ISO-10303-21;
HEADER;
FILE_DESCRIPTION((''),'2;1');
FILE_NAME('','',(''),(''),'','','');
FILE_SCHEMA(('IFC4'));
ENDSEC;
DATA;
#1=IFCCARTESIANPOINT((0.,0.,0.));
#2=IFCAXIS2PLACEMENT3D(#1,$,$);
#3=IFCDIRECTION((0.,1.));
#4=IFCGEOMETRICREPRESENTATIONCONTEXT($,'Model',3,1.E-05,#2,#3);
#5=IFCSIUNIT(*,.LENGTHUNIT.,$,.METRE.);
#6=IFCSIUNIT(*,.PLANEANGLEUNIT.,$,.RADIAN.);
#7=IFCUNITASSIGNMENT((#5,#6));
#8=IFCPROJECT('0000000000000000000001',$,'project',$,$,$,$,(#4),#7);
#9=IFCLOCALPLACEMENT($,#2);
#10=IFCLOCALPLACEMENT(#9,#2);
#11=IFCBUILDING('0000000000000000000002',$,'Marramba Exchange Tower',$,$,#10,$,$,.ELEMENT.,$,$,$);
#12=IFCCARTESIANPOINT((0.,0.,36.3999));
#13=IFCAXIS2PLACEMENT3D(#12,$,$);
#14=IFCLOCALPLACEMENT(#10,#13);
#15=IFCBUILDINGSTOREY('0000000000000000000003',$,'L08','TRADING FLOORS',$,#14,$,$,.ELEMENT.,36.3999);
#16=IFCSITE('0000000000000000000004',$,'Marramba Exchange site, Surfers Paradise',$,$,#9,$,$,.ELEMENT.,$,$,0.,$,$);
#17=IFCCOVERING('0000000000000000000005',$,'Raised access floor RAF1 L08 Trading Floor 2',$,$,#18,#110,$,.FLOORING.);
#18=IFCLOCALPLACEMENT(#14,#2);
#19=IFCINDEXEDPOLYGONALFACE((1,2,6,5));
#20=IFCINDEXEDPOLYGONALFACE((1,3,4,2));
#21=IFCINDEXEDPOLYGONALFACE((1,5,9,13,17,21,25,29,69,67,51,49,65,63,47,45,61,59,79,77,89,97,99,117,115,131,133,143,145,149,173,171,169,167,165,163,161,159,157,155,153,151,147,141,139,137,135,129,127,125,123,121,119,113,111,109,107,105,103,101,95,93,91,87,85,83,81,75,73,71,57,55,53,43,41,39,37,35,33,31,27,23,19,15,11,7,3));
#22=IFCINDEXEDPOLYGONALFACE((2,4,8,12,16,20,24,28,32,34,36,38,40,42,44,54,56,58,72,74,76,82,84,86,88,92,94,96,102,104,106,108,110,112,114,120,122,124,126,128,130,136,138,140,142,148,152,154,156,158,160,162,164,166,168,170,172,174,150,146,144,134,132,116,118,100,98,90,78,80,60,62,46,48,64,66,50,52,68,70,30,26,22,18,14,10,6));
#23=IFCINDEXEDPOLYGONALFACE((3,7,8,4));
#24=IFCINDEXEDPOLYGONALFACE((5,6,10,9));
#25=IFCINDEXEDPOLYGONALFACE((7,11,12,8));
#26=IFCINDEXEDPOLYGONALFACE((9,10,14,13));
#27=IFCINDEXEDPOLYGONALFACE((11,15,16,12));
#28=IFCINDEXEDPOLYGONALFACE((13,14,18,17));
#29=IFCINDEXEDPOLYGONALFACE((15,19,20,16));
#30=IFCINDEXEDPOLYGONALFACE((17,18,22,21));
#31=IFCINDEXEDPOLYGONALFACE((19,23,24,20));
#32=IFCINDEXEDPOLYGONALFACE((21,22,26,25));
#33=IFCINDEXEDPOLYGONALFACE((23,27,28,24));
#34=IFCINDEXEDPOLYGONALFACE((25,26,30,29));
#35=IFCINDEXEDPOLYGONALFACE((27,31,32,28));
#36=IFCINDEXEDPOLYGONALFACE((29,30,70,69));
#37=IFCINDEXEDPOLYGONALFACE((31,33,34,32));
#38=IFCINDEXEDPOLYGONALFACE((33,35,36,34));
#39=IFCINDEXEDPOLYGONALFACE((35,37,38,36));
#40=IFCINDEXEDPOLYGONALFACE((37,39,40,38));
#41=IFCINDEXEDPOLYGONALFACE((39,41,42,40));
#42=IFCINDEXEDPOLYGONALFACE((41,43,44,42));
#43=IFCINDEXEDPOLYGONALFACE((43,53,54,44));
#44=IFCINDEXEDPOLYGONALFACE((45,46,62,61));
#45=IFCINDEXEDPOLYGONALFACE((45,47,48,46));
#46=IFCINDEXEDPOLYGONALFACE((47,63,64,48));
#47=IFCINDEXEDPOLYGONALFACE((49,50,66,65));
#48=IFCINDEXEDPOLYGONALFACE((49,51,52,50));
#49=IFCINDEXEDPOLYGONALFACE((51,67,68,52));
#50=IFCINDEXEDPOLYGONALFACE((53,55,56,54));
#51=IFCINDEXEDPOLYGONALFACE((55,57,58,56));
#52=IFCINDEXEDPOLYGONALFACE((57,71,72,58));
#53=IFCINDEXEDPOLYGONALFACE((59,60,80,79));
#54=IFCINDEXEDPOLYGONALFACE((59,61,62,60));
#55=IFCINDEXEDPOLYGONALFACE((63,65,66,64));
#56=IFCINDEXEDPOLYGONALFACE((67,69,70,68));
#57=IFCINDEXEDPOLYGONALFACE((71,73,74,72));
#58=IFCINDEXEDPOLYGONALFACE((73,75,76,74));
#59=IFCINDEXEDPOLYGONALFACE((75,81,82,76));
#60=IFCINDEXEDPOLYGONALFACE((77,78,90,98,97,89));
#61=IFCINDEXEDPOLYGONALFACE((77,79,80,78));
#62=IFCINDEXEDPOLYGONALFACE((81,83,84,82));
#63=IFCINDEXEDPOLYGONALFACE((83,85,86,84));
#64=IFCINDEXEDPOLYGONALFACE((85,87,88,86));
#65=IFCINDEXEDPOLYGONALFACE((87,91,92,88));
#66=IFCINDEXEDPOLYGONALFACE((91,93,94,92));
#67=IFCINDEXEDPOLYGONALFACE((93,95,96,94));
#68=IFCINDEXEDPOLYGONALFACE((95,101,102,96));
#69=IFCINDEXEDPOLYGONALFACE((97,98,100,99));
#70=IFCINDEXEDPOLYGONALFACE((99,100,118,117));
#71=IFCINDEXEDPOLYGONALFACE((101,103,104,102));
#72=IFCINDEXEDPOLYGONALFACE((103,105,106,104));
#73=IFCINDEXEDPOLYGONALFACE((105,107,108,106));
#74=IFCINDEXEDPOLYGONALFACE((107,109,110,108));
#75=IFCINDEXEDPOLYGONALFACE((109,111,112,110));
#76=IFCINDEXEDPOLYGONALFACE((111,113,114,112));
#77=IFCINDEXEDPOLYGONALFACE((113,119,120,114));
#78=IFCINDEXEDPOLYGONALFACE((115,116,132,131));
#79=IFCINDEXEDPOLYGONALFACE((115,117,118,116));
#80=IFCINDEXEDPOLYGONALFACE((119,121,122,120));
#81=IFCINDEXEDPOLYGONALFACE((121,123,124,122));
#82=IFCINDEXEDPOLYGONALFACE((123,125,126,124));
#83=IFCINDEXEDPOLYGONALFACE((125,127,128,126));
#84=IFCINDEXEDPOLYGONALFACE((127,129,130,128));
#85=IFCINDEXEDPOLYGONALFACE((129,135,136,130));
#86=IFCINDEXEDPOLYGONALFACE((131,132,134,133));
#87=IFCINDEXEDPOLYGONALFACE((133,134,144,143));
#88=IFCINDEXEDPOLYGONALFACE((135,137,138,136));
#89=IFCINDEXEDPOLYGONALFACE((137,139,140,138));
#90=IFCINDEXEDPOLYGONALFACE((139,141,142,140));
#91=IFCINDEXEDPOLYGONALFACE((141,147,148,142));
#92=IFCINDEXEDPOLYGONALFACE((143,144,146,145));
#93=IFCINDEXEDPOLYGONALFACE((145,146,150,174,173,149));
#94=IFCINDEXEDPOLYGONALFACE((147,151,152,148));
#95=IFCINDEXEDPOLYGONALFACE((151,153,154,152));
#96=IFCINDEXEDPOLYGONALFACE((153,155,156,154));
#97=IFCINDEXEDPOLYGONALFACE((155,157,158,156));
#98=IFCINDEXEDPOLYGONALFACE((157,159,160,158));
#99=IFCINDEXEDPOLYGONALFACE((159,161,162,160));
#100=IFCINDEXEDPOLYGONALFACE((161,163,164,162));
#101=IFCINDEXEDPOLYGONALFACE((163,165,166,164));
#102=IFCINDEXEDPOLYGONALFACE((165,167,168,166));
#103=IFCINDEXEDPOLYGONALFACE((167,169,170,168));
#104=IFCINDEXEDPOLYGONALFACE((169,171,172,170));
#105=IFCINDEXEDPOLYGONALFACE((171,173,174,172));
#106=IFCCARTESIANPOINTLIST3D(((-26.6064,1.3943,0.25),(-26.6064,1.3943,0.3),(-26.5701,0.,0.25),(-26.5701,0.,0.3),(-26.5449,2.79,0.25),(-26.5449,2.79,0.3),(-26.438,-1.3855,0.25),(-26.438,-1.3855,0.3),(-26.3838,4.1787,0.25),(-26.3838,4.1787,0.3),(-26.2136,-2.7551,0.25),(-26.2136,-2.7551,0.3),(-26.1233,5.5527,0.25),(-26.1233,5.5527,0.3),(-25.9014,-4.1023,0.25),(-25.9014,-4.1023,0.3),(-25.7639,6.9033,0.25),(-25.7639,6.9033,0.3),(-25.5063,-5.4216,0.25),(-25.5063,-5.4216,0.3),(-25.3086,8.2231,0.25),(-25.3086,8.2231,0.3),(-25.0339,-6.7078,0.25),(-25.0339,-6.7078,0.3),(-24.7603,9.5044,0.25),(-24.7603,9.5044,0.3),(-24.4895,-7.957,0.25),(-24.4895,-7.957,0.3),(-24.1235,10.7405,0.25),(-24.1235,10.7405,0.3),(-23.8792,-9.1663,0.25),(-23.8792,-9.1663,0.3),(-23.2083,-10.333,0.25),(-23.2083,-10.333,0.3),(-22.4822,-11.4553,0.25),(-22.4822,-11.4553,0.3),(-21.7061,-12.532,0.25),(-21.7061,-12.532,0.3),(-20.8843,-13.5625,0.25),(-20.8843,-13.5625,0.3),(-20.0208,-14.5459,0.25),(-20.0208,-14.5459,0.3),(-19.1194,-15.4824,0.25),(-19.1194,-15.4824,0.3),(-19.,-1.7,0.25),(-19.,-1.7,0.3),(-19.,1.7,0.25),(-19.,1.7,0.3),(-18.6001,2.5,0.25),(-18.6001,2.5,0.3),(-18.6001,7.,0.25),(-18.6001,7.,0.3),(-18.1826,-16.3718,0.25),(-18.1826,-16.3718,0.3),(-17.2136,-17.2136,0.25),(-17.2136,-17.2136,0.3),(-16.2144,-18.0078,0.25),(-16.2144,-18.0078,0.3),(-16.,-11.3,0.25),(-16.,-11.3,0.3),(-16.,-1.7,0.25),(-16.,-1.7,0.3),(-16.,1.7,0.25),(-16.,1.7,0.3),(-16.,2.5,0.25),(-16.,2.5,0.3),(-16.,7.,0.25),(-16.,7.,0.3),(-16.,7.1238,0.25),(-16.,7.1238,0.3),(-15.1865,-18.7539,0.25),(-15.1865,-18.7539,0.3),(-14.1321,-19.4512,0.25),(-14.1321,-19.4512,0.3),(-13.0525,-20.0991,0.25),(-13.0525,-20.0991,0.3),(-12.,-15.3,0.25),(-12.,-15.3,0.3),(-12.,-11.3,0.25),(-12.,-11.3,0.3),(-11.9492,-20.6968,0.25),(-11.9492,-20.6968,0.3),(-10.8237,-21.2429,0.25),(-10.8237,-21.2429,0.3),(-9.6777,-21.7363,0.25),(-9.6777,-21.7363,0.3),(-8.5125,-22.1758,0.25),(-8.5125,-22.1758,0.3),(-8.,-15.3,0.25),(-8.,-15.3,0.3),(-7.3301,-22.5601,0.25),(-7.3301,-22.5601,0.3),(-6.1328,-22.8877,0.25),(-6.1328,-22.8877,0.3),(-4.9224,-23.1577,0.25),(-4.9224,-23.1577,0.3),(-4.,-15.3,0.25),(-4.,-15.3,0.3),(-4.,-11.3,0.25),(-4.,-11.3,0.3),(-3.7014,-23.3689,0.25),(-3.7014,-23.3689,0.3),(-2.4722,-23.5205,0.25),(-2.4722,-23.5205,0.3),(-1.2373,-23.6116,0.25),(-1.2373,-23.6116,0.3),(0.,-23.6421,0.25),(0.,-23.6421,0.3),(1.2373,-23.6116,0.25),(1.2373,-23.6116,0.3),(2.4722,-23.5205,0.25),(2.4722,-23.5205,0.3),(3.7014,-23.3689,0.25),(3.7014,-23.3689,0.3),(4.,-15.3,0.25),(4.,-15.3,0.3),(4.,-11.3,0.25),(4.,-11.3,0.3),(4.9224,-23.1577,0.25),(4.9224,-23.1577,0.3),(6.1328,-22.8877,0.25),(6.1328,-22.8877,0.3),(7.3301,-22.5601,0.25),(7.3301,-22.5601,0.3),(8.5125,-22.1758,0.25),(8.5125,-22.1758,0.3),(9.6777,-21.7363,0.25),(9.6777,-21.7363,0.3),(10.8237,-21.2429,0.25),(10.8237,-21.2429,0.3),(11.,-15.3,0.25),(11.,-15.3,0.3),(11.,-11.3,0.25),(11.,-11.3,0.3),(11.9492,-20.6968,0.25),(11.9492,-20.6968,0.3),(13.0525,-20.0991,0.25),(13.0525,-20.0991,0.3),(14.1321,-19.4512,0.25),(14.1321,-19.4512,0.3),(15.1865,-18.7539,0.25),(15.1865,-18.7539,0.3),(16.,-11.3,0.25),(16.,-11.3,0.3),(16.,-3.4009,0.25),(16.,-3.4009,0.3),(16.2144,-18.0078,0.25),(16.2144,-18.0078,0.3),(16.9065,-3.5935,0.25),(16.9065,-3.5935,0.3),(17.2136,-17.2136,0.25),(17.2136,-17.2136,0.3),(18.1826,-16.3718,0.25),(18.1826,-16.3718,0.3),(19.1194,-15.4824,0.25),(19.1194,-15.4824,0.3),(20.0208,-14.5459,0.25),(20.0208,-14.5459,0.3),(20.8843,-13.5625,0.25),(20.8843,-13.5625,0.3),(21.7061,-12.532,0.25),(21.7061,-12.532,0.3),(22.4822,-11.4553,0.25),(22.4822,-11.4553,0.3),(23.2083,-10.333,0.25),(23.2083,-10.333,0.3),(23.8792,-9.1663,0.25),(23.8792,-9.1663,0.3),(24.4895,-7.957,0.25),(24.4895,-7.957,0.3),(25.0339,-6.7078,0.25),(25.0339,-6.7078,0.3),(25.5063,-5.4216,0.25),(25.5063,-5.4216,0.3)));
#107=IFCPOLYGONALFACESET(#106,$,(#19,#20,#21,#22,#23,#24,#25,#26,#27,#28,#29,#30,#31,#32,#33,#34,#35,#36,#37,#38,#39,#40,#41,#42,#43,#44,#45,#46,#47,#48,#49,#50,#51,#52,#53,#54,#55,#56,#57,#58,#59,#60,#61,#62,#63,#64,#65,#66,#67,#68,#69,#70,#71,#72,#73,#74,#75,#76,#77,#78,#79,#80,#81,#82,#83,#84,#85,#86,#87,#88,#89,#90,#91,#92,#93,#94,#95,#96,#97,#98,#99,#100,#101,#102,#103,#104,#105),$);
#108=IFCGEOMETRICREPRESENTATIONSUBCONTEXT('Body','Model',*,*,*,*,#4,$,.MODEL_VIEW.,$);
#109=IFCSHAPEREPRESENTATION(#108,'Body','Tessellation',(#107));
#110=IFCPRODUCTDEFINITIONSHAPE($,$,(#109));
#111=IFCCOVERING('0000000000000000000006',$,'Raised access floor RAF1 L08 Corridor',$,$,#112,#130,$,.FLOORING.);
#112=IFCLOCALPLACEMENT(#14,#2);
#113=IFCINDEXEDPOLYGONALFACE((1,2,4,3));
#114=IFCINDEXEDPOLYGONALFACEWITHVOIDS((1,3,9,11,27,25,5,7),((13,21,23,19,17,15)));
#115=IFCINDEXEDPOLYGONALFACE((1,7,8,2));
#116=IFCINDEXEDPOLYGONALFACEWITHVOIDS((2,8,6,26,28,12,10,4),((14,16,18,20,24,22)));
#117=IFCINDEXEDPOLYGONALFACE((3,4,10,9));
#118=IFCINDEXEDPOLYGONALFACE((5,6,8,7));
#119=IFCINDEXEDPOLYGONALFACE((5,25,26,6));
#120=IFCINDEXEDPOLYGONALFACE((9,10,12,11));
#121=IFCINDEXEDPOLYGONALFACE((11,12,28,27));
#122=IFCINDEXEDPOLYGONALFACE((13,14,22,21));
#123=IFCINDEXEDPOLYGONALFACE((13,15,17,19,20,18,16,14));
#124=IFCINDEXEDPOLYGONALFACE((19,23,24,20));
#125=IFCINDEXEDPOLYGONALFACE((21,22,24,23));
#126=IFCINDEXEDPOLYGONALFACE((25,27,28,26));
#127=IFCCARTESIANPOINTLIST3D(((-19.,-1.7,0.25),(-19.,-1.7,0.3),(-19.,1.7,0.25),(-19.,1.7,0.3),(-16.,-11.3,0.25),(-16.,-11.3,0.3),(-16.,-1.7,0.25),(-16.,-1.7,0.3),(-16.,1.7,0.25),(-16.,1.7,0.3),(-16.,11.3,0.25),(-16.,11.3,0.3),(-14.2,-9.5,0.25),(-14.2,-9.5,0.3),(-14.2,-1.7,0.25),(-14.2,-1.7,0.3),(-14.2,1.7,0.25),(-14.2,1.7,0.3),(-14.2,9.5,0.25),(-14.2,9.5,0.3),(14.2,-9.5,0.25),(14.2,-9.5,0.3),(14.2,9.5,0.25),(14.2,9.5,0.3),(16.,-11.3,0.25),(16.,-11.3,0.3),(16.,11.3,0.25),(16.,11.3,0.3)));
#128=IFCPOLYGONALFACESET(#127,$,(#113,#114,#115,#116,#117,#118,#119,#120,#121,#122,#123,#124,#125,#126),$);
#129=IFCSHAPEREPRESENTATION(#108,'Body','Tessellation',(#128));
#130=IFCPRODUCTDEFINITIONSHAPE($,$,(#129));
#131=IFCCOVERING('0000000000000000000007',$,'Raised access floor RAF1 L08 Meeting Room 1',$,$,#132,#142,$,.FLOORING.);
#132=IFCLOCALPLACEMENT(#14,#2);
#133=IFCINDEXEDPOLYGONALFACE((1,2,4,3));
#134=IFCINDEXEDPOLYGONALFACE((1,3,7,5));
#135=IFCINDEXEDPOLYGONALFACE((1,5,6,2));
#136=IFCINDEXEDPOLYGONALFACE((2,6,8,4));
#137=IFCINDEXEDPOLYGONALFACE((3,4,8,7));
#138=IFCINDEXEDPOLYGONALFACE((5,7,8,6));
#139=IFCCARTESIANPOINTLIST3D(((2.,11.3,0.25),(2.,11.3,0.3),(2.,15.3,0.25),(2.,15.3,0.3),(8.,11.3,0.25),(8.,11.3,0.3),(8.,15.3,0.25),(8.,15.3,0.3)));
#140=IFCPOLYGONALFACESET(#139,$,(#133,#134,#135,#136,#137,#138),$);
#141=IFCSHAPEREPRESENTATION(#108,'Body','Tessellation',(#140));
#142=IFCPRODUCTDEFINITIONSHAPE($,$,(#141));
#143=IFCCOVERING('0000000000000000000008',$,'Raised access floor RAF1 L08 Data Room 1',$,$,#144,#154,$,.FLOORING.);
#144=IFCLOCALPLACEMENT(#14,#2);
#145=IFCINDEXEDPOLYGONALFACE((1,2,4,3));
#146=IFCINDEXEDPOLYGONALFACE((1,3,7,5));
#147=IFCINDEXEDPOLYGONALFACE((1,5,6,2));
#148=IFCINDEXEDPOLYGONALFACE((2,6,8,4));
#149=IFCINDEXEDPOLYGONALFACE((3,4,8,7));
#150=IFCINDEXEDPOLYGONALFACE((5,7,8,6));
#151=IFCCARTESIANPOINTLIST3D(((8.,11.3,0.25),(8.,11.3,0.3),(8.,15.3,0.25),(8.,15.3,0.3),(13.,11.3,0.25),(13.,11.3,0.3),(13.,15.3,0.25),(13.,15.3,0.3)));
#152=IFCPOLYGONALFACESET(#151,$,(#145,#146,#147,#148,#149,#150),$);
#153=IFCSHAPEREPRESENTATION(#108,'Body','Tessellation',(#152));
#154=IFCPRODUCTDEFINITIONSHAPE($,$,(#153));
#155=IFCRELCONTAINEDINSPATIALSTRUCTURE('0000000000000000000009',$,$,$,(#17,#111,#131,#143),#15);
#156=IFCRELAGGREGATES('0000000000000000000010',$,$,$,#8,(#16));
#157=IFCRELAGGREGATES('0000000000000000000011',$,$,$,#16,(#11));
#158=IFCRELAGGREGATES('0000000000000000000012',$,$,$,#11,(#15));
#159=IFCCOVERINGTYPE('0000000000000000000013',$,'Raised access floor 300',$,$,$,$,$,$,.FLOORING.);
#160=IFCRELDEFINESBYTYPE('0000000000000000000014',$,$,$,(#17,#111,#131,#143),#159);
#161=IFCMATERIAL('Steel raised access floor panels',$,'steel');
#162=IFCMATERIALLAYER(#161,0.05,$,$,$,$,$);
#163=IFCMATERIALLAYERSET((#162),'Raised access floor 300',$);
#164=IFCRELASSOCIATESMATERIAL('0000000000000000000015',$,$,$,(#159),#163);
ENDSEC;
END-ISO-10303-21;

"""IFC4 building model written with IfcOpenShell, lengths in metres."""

from ifc_helpers import new_model, si_unit, direction, frame, origin, place, context, subcontext, project, spatial, polyline, outline, extrude, material, layer, layer_set, type_object, element, save


model = new_model("IFC4")

# Units and contexts
model_context = context("Model", 3, precision=1e-05, world=origin(), true_north=direction((0.0, 1.0)))
body_context = subcontext(model_context, "Body", "Model", "MODEL_VIEW")
ifc_project = project(units=[si_unit("LENGTHUNIT", "METRE"), si_unit("PLANEANGLEUNIT", "RADIAN")], contexts=[model_context])

# Site, building, storey
site_placement = place(None, origin())
site = spatial("IfcSite", under=ifc_project, at=site_placement, Name="Marramba Exchange site, Surfers Paradise", CompositionType="ELEMENT", RefElevation=0.0)
building_placement = place(site_placement, origin())
building = spatial("IfcBuilding", under=site, at=building_placement, Name="Marramba Exchange Tower", CompositionType="ELEMENT")
storey_placement = place(building_placement, frame((0.0, 0.0, 36.3999)))
storey = spatial("IfcBuildingStorey", under=building, at=storey_placement, Name="L08", Description="TRADING FLOORS", CompositionType="ELEMENT", Elevation=36.3999)

# Coverings
ifc_material_1 = material(Name="Steel raised access floor panels", Category="steel")
ifc_layer_1 = layer(ifc_material_1, 0.05)
ifc_layer_set_1 = layer_set([ifc_layer_1], Name="Raised access floor 300")
covering_type_1 = type_object("IfcCoveringType", Name="Raised access floor 300", PredefinedType="FLOORING", material=ifc_layer_set_1)
covering_1_placement = place(storey_placement, frame((0.0, 0.0, 0.25)))
element("IfcCovering", 1, at=covering_1_placement, inside=storey, type_object=covering_type_1, Name="Raised access floor RAF1 L08 Trading Floor 2", PredefinedType="FLOORING", context=body_context, shape_type="SweptSolid", body=[
    extrude(outline(polyline([(-19.0, 1.7), (-19.0, -1.7), (-16.0, -1.7), (-16.0, -11.3), (-12.0, -11.3), (-12.0, -15.3), (-8.0, -15.3), (-4.0, -15.3), (-4.0, -11.3), (4.0, -11.3), (4.0, -15.3), (11.0, -15.3), (11.0, -11.3), (16.0, -11.3), (16.0, -3.4009), (16.9065, -3.5935), (25.5063, -5.4216), (25.0339, -6.7078), (24.4895, -7.957), (23.8792, -9.1663), (23.2083, -10.333), (22.4822, -11.4553), (21.7061, -12.532), (20.8843, -13.5625), (20.0208, -14.5459), (19.1194, -15.4824), (18.1826, -16.3718), (17.2136, -17.2136), (16.2144, -18.0078), (15.1865, -18.7539), (14.1321, -19.4512), (13.0525, -20.0991), (11.9492, -20.6968), (10.8237, -21.2429), (9.6777, -21.7363), (8.5125, -22.1758), (7.3301, -22.5601), (6.1328, -22.8877), (4.9224, -23.1577), (3.7014, -23.3689), (2.4722, -23.5205), (1.2373, -23.6116), (0.0, -23.6421), (-1.2373, -23.6116), (-2.4722, -23.5205), (-3.7014, -23.3689), (-4.9224, -23.1577), (-6.1328, -22.8877), (-7.3301, -22.5601), (-8.5125, -22.1758), (-9.6777, -21.7363), (-10.8237, -21.2429), (-11.9492, -20.6968), (-13.0525, -20.0991), (-14.1321, -19.4512), (-15.1865, -18.7539), (-16.2144, -18.0078), (-17.2136, -17.2136), (-18.1826, -16.3718), (-19.1194, -15.4824), (-20.0208, -14.5459), (-20.8843, -13.5625), (-21.7061, -12.532), (-22.4822, -11.4553), (-23.2083, -10.333), (-23.8792, -9.1663), (-24.4895, -7.957), (-25.0339, -6.7078), (-25.5063, -5.4216), (-25.9014, -4.1023), (-26.2136, -2.7551), (-26.438, -1.3855), (-26.5701, 0.0), (-26.6064, 1.3943), (-26.5449, 2.79), (-26.3838, 4.1787), (-26.1233, 5.5527), (-25.7639, 6.9033), (-25.3086, 8.2231), (-24.7603, 9.5044), (-24.1235, 10.7405), (-16.0, 7.1238), (-16.0, 7.0), (-18.6001, 7.0), (-18.6001, 2.5), (-16.0, 2.5), (-16.0, 1.7), (-19.0, 1.7)])), origin(), (0.0, 0.0, 1.0), 0.05),
])
covering_2_placement = place(storey_placement, frame((0.0, 0.0, 0.25)))
element("IfcCovering", 2, at=covering_2_placement, inside=storey, type_object=covering_type_1, Name="Raised access floor RAF1 L08 Corridor", PredefinedType="FLOORING", context=body_context, shape_type="SweptSolid", body=[
    extrude(outline(polyline([(-16.0, 11.3), (16.0, 11.3), (16.0, -11.3), (-16.0, -11.3), (-16.0, -1.7), (-19.0, -1.7), (-19.0, 1.7), (-16.0, 1.7), (-16.0, 11.3)]), holes=[polyline([(14.2, 9.5), (-14.2, 9.5), (-14.2, 1.7), (-14.2, -1.7), (-14.2, -9.5), (14.2, -9.5), (14.2, 9.5)])]), origin(), (0.0, 0.0, 1.0), 0.05),
])
covering_3_placement = place(storey_placement, frame((0.0, 0.0, 0.25)))
element("IfcCovering", 3, at=covering_3_placement, inside=storey, type_object=covering_type_1, Name="Raised access floor RAF1 L08 Meeting Room 1", PredefinedType="FLOORING", context=body_context, shape_type="SweptSolid", body=[
    extrude(outline(polyline([(8.0, 11.3), (2.0, 11.3), (2.0, 15.3), (8.0, 15.3), (8.0, 11.3)])), origin(), (0.0, 0.0, 1.0), 0.05),
])
covering_4_placement = place(storey_placement, frame((0.0, 0.0, 0.25)))
element("IfcCovering", 4, at=covering_4_placement, inside=storey, type_object=covering_type_1, Name="Raised access floor RAF1 L08 Data Room 1", PredefinedType="FLOORING", context=body_context, shape_type="SweptSolid", body=[
    extrude(outline(polyline([(13.0, 11.3), (8.0, 11.3), (8.0, 15.3), (13.0, 15.3), (13.0, 11.3)])), origin(), (0.0, 0.0, 1.0), 0.05),
])

save(model, "model.ifc")
